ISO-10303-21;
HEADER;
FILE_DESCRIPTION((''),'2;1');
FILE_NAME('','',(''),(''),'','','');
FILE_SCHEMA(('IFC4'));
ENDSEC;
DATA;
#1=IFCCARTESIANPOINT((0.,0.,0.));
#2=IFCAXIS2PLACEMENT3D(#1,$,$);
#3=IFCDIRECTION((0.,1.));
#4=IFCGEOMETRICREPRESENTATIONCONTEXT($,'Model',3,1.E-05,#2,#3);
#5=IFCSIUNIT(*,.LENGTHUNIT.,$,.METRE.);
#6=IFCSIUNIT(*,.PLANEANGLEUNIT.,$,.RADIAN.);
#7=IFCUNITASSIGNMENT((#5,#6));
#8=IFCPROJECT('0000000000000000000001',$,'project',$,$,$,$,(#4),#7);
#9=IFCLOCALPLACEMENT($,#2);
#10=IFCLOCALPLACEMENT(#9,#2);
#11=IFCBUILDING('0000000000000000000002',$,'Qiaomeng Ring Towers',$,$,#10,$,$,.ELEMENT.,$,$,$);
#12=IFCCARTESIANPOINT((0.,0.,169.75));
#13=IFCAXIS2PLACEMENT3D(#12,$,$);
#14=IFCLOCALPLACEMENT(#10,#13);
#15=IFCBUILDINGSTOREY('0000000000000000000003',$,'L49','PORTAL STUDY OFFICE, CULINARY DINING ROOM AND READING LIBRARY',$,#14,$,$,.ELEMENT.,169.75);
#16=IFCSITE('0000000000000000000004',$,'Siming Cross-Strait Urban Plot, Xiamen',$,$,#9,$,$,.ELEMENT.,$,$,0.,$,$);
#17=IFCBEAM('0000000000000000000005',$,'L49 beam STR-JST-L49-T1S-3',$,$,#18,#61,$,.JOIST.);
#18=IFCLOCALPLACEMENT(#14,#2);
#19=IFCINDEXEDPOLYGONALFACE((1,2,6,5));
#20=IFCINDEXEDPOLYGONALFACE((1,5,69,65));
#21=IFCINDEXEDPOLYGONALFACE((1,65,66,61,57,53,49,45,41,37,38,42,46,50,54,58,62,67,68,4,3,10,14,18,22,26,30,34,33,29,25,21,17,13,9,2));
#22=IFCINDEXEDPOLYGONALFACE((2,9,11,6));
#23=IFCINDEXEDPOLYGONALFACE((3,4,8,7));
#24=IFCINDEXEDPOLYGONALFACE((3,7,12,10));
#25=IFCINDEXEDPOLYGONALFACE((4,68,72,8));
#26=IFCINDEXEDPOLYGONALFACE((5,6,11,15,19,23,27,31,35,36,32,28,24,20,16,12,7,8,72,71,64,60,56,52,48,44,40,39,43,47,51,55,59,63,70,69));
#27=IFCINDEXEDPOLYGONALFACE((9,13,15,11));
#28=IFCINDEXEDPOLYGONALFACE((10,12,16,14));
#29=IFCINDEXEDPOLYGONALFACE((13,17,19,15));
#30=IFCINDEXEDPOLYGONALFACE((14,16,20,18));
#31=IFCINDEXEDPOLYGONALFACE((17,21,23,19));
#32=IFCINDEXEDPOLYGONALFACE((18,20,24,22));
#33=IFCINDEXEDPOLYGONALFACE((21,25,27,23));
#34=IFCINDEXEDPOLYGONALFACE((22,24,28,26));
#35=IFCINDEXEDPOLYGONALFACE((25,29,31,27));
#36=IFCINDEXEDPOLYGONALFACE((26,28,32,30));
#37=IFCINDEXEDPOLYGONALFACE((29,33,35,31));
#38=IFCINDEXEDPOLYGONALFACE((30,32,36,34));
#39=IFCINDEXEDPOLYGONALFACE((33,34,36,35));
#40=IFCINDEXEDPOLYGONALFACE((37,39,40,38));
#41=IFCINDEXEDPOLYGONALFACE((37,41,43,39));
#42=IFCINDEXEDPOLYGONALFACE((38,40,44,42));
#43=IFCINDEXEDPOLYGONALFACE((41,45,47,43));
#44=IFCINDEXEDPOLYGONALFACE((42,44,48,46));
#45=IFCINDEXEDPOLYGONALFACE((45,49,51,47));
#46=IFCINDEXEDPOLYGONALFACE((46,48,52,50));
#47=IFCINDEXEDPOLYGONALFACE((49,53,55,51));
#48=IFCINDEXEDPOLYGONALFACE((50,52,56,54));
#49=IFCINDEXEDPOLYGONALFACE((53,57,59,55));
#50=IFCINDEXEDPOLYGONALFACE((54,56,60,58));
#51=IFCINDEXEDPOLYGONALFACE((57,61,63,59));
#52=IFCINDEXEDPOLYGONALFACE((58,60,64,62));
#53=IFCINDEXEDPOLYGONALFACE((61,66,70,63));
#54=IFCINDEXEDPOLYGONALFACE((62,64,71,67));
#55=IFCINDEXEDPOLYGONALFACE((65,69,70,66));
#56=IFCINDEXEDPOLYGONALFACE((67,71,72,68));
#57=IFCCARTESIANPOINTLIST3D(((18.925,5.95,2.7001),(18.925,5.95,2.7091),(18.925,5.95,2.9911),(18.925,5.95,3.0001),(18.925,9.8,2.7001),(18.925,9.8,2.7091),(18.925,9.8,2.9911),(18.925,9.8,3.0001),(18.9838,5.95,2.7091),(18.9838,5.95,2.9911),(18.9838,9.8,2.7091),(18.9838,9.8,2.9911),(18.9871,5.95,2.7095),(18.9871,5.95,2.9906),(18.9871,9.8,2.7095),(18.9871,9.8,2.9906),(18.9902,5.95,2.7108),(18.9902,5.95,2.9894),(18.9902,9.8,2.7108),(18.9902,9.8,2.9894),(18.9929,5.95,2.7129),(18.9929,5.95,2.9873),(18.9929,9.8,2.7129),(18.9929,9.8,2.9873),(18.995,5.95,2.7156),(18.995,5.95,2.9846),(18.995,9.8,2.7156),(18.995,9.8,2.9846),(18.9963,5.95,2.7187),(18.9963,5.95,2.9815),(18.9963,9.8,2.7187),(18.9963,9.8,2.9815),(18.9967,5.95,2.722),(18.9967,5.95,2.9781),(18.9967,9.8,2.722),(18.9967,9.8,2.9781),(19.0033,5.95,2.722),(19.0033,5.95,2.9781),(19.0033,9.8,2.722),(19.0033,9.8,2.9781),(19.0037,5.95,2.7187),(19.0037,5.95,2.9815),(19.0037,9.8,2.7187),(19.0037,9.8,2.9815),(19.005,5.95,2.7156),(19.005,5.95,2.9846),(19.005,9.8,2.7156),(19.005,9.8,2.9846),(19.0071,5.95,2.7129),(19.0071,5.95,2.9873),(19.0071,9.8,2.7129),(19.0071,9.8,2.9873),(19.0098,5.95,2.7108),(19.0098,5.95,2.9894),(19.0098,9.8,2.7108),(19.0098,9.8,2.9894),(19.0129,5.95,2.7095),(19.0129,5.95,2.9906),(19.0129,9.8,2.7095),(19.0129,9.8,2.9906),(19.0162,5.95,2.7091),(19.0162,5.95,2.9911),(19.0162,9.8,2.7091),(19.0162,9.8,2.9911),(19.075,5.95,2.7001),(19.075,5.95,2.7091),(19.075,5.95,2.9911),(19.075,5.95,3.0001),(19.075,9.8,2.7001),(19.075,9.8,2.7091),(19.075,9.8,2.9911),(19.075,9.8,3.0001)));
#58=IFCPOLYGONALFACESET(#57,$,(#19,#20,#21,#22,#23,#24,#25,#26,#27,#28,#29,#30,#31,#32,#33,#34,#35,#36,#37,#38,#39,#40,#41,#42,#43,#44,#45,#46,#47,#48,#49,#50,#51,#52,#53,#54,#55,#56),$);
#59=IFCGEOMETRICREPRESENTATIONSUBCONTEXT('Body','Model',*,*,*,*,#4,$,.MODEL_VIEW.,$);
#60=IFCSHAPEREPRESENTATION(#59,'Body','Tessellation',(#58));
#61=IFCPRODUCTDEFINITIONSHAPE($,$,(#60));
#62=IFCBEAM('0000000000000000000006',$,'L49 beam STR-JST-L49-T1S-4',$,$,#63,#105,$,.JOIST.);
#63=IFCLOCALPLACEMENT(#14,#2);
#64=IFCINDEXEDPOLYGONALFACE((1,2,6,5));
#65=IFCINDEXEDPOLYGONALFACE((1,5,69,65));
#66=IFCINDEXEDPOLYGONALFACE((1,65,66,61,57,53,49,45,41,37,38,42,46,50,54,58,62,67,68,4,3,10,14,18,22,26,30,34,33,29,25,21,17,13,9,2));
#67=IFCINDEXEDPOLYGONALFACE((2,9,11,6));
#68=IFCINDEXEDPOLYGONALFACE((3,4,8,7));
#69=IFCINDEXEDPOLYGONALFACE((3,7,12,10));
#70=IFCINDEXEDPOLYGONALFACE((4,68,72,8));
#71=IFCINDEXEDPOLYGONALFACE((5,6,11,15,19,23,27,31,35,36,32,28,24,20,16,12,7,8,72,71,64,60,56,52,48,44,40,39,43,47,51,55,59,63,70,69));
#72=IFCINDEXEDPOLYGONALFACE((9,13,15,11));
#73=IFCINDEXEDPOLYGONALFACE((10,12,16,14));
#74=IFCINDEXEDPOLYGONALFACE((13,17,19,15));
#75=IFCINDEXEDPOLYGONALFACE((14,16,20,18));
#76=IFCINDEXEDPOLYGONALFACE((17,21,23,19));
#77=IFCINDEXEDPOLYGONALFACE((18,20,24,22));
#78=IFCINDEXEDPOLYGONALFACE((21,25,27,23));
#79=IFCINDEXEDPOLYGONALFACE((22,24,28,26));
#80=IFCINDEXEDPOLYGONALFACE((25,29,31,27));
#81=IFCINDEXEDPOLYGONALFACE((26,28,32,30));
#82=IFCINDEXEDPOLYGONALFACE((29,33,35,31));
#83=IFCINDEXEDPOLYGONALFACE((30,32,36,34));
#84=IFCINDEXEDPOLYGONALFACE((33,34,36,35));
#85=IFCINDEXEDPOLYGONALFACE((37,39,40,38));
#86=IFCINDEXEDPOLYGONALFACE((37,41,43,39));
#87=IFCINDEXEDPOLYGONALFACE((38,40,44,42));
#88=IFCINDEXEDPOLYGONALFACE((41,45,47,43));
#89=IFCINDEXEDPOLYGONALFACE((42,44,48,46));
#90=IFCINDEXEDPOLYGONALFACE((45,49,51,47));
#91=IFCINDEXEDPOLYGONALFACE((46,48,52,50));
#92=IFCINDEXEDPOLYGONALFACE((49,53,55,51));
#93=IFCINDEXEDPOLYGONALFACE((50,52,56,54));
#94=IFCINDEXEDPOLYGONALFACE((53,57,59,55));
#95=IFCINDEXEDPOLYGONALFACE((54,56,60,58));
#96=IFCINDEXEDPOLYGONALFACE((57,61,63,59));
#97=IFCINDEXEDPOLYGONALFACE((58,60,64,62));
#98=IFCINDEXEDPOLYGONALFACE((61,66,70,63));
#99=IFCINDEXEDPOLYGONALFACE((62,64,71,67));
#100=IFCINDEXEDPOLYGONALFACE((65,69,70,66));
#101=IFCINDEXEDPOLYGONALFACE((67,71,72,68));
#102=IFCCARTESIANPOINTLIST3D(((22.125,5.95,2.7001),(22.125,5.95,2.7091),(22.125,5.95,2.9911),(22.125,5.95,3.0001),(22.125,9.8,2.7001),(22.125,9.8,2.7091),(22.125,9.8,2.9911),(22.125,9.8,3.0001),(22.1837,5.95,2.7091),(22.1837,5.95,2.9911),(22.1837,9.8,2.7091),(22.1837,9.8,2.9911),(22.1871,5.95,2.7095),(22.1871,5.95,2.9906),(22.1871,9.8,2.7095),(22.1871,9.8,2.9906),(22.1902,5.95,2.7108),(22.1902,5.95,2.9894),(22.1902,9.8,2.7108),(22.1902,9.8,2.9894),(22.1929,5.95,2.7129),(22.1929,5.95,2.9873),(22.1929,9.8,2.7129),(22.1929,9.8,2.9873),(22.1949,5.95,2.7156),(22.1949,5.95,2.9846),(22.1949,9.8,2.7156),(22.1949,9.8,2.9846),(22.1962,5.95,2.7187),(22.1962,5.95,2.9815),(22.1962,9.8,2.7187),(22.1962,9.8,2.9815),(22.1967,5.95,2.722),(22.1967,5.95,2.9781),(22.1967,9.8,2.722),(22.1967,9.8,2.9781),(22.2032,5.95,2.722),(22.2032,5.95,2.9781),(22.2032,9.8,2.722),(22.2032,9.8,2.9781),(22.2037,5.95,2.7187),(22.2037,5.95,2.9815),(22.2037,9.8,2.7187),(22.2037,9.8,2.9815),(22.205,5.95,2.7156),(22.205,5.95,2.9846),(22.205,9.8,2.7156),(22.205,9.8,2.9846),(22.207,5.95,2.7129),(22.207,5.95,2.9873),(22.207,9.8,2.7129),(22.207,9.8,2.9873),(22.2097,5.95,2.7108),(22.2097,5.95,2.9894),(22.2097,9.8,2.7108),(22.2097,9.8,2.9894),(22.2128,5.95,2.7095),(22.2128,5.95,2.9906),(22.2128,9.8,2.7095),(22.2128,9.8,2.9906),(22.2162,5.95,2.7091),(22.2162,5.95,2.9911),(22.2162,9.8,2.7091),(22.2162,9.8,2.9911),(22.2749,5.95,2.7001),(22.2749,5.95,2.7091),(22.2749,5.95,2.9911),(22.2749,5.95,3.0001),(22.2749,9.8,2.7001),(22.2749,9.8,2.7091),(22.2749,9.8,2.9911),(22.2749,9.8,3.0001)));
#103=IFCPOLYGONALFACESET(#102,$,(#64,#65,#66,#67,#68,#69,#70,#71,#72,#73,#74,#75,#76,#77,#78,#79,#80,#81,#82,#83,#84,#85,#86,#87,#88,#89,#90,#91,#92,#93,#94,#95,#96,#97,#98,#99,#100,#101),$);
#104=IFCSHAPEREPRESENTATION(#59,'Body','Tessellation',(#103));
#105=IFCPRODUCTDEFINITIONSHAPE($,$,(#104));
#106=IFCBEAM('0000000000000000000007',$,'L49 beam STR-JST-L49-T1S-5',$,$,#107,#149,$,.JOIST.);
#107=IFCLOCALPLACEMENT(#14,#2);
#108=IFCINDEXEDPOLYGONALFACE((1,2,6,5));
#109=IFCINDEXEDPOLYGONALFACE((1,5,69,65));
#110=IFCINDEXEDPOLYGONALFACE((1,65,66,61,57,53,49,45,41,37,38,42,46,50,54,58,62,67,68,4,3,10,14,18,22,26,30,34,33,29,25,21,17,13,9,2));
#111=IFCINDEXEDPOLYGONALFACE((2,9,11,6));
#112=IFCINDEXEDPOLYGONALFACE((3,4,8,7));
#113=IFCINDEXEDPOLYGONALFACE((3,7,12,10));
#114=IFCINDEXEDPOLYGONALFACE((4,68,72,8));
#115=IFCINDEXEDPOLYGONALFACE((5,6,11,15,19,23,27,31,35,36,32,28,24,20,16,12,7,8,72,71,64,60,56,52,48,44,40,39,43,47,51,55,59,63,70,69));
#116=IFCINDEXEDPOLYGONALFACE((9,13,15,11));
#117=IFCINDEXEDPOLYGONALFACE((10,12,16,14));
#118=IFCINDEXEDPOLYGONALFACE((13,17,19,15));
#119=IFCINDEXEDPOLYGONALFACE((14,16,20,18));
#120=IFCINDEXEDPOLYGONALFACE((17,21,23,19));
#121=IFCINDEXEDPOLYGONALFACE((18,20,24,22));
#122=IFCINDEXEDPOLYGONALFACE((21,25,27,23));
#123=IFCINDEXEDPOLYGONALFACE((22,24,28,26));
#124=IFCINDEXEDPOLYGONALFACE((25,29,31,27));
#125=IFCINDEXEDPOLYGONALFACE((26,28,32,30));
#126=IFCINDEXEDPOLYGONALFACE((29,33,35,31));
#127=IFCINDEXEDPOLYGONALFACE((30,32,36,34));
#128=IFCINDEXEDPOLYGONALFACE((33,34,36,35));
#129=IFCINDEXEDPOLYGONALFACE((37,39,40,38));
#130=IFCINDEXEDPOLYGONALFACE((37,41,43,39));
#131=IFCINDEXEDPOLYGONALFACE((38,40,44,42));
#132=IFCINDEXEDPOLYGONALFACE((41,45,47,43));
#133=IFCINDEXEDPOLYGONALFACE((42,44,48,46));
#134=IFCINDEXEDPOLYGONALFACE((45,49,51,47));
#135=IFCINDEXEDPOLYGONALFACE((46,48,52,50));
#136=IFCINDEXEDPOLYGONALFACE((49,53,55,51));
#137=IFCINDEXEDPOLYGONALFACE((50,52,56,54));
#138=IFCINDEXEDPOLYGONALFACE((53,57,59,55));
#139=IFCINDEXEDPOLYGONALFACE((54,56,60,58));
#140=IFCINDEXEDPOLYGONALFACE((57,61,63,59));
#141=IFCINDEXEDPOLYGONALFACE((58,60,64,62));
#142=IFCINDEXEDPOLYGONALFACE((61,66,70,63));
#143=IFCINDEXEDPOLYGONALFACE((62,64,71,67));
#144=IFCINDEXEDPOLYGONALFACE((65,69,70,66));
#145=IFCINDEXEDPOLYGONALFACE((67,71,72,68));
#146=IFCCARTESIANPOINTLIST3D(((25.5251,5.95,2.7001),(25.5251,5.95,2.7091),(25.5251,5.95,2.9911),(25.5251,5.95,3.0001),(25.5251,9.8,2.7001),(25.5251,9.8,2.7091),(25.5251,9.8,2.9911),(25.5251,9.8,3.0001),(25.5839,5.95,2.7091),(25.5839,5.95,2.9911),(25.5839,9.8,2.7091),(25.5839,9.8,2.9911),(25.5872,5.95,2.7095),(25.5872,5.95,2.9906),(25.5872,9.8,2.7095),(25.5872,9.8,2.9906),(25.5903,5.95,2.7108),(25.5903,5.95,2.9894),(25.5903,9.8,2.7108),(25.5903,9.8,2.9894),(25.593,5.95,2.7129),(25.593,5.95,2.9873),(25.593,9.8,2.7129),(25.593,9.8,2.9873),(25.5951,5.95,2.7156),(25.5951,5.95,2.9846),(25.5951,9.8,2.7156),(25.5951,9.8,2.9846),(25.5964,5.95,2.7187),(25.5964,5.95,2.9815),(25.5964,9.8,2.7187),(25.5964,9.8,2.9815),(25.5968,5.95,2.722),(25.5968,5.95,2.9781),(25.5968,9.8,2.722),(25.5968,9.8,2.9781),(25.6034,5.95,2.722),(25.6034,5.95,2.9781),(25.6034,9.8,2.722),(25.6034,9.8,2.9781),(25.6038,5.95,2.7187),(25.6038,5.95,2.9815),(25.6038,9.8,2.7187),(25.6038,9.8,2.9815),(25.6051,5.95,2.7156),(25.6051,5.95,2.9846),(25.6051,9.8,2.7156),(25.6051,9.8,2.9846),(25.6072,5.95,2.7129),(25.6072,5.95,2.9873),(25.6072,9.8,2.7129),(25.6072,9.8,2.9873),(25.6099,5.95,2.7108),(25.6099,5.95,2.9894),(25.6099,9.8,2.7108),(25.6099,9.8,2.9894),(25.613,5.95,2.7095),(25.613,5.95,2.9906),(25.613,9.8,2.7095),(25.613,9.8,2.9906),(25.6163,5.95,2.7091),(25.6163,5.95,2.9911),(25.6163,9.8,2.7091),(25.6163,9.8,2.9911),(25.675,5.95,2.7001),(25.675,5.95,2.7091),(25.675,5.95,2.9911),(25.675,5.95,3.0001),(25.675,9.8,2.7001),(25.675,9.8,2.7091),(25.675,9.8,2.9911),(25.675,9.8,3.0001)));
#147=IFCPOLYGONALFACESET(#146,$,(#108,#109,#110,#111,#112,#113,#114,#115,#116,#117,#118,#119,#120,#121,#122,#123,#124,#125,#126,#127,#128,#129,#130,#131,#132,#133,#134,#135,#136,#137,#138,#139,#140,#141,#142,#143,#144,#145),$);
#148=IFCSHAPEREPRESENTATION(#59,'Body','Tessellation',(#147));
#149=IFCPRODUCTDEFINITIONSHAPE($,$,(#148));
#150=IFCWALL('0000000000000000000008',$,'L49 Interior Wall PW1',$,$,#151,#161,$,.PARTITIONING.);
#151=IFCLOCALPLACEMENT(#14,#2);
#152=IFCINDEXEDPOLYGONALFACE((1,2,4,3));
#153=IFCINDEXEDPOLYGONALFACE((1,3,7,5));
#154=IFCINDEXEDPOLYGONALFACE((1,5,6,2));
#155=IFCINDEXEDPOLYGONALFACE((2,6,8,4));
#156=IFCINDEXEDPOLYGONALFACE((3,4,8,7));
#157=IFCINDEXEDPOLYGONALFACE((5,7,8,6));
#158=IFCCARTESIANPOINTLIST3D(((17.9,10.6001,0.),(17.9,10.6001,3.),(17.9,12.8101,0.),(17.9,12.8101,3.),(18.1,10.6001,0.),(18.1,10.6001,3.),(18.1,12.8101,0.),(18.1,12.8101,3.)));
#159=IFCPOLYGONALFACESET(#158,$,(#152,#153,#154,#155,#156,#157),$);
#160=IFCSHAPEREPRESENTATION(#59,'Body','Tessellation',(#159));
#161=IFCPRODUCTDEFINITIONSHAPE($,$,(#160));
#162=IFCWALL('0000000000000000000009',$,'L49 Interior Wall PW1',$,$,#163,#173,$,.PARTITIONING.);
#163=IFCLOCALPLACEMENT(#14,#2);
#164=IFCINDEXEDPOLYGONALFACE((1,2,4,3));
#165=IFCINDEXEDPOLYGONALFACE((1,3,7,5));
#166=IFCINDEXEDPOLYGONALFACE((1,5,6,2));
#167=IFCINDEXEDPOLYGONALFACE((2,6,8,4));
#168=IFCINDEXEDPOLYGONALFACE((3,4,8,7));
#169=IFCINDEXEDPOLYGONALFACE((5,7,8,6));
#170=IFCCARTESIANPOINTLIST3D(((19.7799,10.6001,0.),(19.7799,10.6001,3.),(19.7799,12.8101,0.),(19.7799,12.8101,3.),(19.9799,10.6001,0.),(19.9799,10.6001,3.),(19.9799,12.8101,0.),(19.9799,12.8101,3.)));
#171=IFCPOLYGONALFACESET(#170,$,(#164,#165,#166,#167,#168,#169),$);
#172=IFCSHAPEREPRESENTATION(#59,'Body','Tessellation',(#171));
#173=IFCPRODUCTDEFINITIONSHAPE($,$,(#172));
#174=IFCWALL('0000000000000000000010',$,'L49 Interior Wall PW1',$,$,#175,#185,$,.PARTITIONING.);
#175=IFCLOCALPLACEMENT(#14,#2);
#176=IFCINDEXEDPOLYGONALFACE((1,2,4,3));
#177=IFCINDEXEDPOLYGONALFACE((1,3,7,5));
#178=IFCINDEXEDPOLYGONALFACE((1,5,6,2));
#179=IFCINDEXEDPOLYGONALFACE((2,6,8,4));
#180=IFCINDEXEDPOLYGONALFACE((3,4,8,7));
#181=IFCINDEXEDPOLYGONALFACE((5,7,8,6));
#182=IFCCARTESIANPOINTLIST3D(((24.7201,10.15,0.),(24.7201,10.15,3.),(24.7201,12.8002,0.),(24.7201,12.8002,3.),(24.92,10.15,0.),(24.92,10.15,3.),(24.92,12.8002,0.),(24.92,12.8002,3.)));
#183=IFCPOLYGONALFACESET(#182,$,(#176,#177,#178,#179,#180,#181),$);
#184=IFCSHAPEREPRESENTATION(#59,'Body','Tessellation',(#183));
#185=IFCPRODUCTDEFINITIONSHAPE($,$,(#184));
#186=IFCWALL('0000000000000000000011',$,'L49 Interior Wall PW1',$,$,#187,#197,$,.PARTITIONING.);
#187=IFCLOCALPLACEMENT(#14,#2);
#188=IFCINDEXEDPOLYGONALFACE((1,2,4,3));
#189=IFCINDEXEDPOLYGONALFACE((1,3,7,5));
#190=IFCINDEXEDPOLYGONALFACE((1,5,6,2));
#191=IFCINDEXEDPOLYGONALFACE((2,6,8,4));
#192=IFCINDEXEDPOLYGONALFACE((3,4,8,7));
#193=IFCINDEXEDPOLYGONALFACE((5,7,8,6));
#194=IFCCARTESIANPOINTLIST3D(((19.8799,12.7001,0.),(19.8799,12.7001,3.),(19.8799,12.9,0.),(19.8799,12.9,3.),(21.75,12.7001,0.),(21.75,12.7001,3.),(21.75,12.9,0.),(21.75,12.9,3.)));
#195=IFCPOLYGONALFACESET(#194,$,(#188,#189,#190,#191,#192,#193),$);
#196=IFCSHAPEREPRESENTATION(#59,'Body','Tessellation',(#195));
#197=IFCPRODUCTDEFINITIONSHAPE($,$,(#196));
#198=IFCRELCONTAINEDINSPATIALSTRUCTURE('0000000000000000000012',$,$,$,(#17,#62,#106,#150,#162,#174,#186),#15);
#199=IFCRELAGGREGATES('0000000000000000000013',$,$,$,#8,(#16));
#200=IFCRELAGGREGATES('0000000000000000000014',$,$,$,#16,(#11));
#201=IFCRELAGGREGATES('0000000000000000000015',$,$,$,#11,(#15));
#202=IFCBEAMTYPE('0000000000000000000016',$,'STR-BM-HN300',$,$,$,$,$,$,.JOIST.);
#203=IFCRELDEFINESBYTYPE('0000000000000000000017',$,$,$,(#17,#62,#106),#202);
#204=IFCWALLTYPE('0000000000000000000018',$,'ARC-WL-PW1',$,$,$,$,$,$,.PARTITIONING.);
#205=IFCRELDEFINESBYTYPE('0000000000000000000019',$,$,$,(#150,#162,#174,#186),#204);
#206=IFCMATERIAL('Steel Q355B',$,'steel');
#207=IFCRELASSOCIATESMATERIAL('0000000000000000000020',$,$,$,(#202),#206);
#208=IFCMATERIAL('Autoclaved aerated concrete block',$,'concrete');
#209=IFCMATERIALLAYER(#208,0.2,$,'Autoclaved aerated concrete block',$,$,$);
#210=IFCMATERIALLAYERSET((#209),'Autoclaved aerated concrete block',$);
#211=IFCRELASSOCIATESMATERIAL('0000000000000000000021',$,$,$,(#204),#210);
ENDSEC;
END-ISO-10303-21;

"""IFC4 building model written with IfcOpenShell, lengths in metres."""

from ifc_helpers import new_model, si_unit, direction, frame, frame_2d, origin, origin_2d, place, context, subcontext, project, spatial, rectangle, i_section, extrude, source, transform, mapped, material, layer, layer_set, material_profile, profile_set, type_object, element, save


model = new_model("IFC4")

# Units and contexts
model_context = context("Model", 3, precision=1e-05, world=origin(), true_north=direction((0.0, 1.0)))
body_context = subcontext(model_context, "Body", "Model", "MODEL_VIEW")
ifc_project = project(units=[si_unit("LENGTHUNIT", "METRE"), si_unit("PLANEANGLEUNIT", "RADIAN")], contexts=[model_context])

# Site, building, storey
site_placement = place(None, origin())
site = spatial("IfcSite", under=ifc_project, at=site_placement, Name="Siming Cross-Strait Urban Plot, Xiamen", CompositionType="ELEMENT", RefElevation=0.0)
building_placement = place(site_placement, origin())
building = spatial("IfcBuilding", under=site, at=building_placement, Name="Qiaomeng Ring Towers", CompositionType="ELEMENT")
storey_placement = place(building_placement, frame((0.0, 0.0, 169.75)))
storey = spatial("IfcBuildingStorey", under=building, at=storey_placement, Name="L49", Description="PORTAL STUDY OFFICE, CULINARY DINING ROOM AND READING LIBRARY", CompositionType="ELEMENT", Elevation=169.75)

# Beams
ifc_material_1 = material(Name="Steel Q355B", Category="steel")
ifc_material_profile = material_profile(ifc_material_1, i_section(OverallWidth=0.1499, OverallDepth=0.3, WebThickness=0.0066, FlangeThickness=0.009, FilletRadius=0.0129, at=origin_2d()), Name="HN 300x150x6.5x9")
ifc_profile_set = profile_set([ifc_material_profile], Name="Steel Q355B")
beam_type = type_object("IfcBeamType", Name="STR-BM-HN300", PredefinedType="JOIST", material=ifc_profile_set)
shared_shape_1 = source(origin(), body_context, "Body", "SweptSolid", [
    extrude(i_section(OverallWidth=0.1499, OverallDepth=0.3, WebThickness=0.0066, FlangeThickness=0.009, FilletRadius=0.0129, at=origin_2d()), origin(), (0.0, 0.0, 1.0), 3.8501),
])
for number, where, z_axis, x_axis, name in (
    (1, (19.0, 5.95, 2.8501), (0.0, 1.0, 0.0), (-1.0, 0.0, 0.0), "L49 beam STR-JST-L49-T1S-3"),
    (2, (22.2, 5.95, 2.8501), (0.0, 1.0, 0.0), (-1.0, 0.0, 0.0), "L49 beam STR-JST-L49-T1S-4"),
    (3, (25.6001, 5.95, 2.8501), (0.0, 1.0, 0.0), (-1.0, 0.0, 0.0), "L49 beam STR-JST-L49-T1S-5"),
):
    element("IfcBeam", number, at=place(storey_placement, frame(where, z_axis=z_axis, x_axis=x_axis)), inside=storey, type_object=beam_type, Name=name, PredefinedType="JOIST", context=body_context, shape_type="MappedRepresentation", body=[
        mapped(shared_shape_1, transform((0.0, 0.0, 0.0), x_axis=(1.0, 0.0, 0.0), y_axis=(0.0, 1.0, 0.0), z_axis=(0.0, 0.0, 1.0), scale=1.0)),
    ])

# Walls
ifc_material_2 = material(Name="Autoclaved aerated concrete block", Category="concrete")
ifc_layer_1 = layer(ifc_material_2, 0.2, Name="Autoclaved aerated concrete block")
ifc_layer_set_1 = layer_set([ifc_layer_1], Name="Autoclaved aerated concrete block")
wall_type_1 = type_object("IfcWallType", Name="ARC-WL-PW1", PredefinedType="PARTITIONING", material=ifc_layer_set_1)
for number, where, z_axis, x_axis, name in (
    (4, (18.0, 10.6001, 0.0), (0.0, 0.0, 1.0), (0.0, 1.0, 0.0), "L49 Interior Wall PW1"),
    (5, (19.8799, 10.6001, 0.0), (0.0, 0.0, 1.0), (0.0, 1.0, 0.0), "L49 Interior Wall PW1"),
):
    element("IfcWall", number, at=place(storey_placement, frame(where, z_axis=z_axis, x_axis=x_axis)), inside=storey, type_object=wall_type_1, Name=name, PredefinedType="PARTITIONING", context=body_context, shape_type="SweptSolid", body=[
        extrude(rectangle(XDim=2.21, YDim=0.2, at=frame_2d((1.105, 0.0))), origin(), (0.0, 0.0, 1.0), 3.0),
    ])
wall_1_placement = place(storey_placement, frame((24.8201, 10.1499, 0.0), z_axis=(0.0, 0.0, 1.0), x_axis=(0.0, 1.0, 0.0)))
element("IfcWall", 6, at=wall_1_placement, inside=storey, type_object=wall_type_1, Name="L49 Interior Wall PW1", PredefinedType="PARTITIONING", context=body_context, shape_type="SweptSolid", body=[
    extrude(rectangle(XDim=2.6501, YDim=0.2, at=frame_2d((1.3252, 0.0))), origin(), (0.0, 0.0, 1.0), 3.0),
])
wall_2_placement = place(storey_placement, frame((19.8799, 12.8, 0.0), z_axis=(0.0, 0.0, 1.0), x_axis=(1.0, 0.0, 0.0)))
element("IfcWall", 7, at=wall_2_placement, inside=storey, type_object=wall_type_1, Name="L49 Interior Wall PW1", PredefinedType="PARTITIONING", context=body_context, shape_type="SweptSolid", body=[
    extrude(rectangle(XDim=1.8701, YDim=0.2, at=frame_2d((0.9351, 0.0))), origin(), (0.0, 0.0, 1.0), 3.0),
])

save(model, "model.ifc")
